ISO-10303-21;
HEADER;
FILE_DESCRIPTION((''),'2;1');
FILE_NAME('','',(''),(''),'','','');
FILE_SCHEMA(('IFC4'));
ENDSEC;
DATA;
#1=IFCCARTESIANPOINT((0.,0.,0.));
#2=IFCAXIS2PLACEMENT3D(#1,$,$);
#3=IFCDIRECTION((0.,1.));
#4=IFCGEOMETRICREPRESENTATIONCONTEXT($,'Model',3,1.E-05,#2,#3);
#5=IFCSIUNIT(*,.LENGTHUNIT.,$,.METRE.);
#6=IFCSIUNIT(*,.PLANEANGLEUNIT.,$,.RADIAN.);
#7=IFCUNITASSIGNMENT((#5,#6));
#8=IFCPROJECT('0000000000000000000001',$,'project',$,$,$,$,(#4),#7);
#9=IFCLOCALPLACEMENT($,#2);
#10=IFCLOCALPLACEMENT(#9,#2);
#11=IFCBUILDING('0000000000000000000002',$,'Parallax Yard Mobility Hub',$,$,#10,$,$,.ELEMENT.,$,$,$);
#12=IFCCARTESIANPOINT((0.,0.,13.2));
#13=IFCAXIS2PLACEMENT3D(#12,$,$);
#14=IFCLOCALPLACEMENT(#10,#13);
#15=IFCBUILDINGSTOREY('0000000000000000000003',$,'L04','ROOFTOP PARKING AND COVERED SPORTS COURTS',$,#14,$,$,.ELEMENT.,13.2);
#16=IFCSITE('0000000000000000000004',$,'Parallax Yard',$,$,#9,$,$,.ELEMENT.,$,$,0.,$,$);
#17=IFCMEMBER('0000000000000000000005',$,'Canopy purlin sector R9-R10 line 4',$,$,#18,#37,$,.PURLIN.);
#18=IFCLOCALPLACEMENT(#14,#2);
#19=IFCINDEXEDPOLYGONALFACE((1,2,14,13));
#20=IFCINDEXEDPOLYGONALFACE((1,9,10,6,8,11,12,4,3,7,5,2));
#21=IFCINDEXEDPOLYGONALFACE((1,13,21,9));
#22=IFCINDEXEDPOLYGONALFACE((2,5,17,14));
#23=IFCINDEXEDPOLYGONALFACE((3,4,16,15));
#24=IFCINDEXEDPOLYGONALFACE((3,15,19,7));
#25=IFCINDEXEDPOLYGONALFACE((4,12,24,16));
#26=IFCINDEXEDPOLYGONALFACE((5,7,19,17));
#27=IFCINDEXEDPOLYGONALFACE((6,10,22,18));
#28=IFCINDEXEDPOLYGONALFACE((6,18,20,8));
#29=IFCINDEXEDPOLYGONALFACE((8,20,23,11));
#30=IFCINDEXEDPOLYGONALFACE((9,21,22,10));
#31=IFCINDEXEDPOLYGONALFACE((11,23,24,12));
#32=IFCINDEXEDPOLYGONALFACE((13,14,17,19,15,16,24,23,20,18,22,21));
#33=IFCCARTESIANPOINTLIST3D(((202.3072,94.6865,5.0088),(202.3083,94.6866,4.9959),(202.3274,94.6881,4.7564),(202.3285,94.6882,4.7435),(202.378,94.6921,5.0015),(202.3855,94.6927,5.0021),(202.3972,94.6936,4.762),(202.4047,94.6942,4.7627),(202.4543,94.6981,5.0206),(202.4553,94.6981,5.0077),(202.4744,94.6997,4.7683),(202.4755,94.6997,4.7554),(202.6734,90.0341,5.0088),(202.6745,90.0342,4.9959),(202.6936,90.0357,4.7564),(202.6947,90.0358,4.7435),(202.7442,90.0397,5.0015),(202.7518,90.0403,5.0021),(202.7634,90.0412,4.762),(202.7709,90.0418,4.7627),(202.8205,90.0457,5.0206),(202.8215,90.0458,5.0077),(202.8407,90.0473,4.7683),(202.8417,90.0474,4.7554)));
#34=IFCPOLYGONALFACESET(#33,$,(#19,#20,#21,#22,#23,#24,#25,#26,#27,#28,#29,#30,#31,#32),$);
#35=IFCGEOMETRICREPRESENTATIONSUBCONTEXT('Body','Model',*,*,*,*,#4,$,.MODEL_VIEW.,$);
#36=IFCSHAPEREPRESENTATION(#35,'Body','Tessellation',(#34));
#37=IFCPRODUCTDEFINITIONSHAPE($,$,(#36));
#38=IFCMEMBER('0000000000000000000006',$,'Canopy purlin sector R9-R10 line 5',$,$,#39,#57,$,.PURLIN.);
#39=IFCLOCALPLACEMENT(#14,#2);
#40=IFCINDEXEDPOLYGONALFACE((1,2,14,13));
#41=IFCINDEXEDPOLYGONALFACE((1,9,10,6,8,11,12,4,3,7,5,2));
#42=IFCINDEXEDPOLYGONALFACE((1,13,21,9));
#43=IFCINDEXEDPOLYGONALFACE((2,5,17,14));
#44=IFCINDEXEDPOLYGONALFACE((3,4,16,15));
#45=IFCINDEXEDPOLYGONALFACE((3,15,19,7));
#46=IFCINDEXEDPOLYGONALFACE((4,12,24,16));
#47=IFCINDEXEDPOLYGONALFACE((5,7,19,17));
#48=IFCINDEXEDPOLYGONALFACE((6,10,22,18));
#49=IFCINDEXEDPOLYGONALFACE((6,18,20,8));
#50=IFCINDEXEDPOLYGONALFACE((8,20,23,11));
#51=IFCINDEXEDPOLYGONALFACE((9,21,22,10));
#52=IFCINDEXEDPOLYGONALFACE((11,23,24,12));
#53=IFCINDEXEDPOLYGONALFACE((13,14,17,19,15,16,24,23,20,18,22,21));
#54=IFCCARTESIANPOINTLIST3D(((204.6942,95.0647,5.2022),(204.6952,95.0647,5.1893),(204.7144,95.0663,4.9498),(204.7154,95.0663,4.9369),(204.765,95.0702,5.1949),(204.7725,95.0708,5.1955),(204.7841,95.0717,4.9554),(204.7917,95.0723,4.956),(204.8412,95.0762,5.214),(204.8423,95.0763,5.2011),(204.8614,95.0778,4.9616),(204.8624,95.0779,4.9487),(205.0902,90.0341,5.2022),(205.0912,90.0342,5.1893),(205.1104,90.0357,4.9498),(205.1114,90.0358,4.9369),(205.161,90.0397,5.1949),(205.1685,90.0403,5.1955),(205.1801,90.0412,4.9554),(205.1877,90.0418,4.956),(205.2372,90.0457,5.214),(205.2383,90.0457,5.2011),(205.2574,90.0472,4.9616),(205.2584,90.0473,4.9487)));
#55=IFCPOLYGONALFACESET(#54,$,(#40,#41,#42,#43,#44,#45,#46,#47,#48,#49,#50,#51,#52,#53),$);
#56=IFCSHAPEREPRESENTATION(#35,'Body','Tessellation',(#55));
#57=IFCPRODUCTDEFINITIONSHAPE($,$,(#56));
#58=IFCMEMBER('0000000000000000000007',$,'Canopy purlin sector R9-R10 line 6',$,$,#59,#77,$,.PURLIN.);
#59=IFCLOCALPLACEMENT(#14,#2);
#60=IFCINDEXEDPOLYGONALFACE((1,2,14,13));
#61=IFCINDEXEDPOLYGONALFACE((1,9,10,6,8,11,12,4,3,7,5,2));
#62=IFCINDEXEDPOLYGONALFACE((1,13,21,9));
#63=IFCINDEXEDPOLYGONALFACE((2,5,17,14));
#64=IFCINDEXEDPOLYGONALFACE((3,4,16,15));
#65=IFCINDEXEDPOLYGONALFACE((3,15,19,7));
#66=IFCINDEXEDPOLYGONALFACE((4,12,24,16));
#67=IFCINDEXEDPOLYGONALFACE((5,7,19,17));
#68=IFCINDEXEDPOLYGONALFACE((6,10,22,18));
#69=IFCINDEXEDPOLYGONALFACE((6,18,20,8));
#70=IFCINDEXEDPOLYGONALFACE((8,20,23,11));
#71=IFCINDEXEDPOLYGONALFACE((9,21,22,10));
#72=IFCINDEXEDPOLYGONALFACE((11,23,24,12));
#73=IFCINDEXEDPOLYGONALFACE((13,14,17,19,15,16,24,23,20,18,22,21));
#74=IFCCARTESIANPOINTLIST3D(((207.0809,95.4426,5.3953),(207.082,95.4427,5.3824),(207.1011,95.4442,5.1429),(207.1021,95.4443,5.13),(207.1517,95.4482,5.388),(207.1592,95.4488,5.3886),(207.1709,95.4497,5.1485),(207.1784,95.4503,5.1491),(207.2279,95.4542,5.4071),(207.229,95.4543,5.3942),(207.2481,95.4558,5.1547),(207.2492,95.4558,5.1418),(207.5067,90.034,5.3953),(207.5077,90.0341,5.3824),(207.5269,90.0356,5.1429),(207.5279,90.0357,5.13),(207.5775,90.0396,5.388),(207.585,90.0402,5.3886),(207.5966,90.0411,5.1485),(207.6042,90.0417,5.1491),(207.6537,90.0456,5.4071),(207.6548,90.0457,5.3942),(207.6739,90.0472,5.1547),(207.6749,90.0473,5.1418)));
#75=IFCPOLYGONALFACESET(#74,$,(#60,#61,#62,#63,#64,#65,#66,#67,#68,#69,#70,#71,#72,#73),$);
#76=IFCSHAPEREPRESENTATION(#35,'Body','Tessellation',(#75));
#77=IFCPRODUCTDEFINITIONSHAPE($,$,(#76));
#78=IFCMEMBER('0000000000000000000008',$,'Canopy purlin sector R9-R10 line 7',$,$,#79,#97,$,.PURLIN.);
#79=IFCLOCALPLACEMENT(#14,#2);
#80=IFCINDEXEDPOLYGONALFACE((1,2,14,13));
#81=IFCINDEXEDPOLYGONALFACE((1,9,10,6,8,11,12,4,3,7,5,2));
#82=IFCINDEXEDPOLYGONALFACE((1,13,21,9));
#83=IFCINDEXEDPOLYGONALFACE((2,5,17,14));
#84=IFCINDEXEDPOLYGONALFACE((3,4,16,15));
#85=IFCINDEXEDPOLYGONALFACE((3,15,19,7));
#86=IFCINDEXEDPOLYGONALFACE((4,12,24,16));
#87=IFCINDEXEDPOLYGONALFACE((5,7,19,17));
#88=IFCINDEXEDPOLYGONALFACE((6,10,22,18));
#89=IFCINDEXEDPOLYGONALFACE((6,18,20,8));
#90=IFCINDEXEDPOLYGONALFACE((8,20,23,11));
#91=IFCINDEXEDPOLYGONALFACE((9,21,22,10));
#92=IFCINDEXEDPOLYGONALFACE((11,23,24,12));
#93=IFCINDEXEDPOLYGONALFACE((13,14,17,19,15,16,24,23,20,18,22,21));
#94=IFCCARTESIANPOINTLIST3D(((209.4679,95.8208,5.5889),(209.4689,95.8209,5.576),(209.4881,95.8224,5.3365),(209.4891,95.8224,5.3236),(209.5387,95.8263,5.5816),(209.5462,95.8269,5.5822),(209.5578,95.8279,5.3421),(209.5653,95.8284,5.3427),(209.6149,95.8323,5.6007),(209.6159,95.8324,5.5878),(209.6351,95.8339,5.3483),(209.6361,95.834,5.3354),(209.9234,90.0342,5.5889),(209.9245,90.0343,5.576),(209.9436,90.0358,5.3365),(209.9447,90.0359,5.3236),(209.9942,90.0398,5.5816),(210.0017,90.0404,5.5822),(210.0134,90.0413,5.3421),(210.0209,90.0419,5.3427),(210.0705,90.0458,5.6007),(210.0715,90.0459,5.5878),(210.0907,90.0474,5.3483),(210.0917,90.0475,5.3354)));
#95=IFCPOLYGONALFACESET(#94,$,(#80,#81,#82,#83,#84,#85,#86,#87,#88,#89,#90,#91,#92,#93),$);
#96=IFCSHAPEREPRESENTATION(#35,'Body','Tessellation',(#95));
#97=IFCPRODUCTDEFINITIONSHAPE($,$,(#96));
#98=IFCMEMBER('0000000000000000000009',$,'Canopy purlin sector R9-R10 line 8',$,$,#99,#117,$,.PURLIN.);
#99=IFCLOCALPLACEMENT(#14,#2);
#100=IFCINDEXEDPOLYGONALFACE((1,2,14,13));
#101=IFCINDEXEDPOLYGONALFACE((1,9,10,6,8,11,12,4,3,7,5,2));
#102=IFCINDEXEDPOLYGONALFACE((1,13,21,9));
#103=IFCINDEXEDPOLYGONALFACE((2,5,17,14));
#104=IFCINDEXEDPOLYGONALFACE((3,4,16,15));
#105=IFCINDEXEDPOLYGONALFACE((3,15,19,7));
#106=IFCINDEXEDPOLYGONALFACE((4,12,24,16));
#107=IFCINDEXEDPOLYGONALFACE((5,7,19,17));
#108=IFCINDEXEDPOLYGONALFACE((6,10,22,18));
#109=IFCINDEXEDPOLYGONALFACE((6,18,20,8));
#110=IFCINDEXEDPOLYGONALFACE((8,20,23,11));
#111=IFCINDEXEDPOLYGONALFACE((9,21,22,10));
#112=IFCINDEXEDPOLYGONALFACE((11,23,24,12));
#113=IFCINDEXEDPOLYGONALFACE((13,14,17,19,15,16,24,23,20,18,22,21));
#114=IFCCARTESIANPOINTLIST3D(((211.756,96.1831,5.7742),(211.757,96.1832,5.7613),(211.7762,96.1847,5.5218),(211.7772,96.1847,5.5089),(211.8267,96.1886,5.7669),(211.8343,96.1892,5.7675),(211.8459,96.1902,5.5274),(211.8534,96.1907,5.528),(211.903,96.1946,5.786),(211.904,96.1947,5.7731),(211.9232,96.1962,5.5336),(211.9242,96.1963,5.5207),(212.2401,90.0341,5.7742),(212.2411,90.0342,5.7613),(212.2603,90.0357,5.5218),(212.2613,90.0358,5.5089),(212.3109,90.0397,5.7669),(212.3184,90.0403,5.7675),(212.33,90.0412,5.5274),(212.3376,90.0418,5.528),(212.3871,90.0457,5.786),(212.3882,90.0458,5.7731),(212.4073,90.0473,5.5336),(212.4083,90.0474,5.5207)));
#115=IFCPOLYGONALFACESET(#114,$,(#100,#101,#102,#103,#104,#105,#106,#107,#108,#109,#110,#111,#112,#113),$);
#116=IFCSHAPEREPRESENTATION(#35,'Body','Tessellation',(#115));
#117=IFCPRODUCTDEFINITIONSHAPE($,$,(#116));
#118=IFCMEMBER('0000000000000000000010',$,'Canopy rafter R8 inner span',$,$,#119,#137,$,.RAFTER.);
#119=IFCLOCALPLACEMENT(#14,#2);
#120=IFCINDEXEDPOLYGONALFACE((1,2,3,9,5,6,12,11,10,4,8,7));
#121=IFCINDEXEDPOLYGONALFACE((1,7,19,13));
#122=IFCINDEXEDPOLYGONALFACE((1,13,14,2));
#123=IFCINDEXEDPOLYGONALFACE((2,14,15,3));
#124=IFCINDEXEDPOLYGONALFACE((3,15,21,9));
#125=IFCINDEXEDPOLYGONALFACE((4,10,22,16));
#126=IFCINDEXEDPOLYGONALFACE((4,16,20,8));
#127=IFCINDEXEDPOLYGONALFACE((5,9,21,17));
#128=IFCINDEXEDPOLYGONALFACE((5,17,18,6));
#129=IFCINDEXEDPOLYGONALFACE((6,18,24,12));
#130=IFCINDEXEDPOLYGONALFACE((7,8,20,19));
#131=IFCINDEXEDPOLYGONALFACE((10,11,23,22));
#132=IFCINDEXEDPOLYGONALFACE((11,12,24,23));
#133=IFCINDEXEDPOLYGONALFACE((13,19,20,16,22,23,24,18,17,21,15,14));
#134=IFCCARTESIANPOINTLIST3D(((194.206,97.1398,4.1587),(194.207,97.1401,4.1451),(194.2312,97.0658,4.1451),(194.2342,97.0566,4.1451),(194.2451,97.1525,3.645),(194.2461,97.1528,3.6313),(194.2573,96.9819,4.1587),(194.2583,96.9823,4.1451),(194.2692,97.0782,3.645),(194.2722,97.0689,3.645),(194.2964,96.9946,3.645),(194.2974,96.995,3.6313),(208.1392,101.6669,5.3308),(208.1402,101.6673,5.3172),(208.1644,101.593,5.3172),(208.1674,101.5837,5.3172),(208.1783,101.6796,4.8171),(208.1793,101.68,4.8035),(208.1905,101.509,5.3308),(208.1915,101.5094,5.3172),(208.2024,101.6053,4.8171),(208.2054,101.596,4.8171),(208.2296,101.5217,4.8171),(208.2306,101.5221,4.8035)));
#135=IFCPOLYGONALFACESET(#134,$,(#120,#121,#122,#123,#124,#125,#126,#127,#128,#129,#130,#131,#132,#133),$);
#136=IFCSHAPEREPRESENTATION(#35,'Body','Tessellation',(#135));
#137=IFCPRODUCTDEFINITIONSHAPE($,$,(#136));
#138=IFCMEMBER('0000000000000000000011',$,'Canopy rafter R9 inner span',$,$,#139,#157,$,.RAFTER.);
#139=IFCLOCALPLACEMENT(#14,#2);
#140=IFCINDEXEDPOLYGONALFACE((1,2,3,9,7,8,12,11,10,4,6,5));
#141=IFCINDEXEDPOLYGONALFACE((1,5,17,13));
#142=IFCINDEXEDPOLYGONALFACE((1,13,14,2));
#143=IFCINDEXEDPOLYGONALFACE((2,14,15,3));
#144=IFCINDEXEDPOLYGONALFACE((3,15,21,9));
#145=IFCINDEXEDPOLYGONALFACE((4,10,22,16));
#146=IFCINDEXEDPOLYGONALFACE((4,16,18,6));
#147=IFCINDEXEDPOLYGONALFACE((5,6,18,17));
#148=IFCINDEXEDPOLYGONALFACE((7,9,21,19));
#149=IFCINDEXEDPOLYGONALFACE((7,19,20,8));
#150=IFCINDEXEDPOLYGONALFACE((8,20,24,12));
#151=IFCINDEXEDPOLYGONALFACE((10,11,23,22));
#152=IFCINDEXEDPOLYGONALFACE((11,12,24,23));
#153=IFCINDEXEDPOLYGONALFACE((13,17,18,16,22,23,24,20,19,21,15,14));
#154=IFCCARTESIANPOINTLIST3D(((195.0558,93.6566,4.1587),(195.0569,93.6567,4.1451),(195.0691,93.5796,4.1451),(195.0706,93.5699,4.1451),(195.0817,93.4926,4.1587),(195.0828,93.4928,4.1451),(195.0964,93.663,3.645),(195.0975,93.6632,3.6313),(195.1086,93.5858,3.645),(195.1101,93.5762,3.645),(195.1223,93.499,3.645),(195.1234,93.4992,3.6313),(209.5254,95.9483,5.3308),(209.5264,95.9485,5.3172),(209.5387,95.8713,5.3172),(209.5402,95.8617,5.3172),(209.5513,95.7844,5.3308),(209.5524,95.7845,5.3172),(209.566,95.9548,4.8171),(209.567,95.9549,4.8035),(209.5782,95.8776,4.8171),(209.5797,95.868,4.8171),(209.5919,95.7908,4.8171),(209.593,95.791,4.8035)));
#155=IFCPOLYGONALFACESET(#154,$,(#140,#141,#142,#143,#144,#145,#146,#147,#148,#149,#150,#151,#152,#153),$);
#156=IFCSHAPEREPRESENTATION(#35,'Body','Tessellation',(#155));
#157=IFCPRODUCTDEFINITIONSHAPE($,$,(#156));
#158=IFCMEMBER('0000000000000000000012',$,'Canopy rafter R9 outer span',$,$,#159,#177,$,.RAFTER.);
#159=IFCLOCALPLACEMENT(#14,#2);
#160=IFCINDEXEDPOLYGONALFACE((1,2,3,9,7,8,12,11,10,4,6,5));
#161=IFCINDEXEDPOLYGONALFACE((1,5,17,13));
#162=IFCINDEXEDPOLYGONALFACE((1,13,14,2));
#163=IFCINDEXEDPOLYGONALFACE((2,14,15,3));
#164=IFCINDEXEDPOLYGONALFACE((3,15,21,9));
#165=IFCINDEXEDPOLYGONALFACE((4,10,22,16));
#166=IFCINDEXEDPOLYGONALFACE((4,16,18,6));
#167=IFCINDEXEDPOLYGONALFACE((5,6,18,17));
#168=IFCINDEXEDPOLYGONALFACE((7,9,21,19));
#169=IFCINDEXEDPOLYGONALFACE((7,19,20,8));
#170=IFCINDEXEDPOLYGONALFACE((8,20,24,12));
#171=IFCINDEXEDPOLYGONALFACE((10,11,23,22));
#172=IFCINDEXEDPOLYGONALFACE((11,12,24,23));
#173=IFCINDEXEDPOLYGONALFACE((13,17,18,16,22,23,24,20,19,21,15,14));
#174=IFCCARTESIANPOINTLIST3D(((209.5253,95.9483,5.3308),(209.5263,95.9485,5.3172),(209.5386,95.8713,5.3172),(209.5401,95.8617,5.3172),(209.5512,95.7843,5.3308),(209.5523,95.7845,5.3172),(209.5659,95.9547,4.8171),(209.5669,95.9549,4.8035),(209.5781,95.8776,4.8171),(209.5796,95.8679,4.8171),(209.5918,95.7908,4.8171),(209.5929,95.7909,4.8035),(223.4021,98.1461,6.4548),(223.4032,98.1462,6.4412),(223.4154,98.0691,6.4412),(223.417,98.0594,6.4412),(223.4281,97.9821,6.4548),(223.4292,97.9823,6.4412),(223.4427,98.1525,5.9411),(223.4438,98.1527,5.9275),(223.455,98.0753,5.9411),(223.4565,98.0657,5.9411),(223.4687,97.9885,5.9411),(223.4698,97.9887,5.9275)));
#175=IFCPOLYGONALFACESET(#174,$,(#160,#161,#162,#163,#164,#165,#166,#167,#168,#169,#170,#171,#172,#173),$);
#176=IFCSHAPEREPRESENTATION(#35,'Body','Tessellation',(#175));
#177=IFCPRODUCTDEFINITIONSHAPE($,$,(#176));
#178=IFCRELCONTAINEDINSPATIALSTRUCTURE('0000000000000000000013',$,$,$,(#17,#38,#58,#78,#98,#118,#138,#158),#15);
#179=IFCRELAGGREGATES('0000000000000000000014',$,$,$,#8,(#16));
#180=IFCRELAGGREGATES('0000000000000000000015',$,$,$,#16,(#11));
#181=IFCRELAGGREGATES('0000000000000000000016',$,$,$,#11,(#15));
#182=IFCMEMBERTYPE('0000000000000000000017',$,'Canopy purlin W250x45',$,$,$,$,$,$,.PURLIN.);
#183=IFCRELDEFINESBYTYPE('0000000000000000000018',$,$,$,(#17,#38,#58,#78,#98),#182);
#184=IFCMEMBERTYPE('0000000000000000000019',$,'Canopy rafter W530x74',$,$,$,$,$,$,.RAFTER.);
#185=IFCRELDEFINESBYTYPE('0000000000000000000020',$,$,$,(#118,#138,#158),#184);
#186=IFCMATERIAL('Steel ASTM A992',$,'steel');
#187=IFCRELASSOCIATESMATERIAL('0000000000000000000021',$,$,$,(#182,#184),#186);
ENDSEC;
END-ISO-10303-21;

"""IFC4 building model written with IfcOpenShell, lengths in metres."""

from ifc_helpers import new_model, si_unit, direction, frame, origin, origin_2d, place, context, subcontext, project, spatial, i_section, extrude, material, material_profile, profile_set, type_object, element, save


model = new_model("IFC4")

# Units and contexts
model_context = context("Model", 3, precision=1e-05, world=origin(), true_north=direction((0.0, 1.0)))
body_context = subcontext(model_context, "Body", "Model", "MODEL_VIEW")
ifc_project = project(units=[si_unit("LENGTHUNIT", "METRE"), si_unit("PLANEANGLEUNIT", "RADIAN")], contexts=[model_context])

# Site, building, storey
site_placement = place(None, origin())
site = spatial("IfcSite", under=ifc_project, at=site_placement, Name="Parallax Yard", CompositionType="ELEMENT", RefElevation=0.0)
building_placement = place(site_placement, origin())
building = spatial("IfcBuilding", under=site, at=building_placement, Name="Parallax Yard Mobility Hub", CompositionType="ELEMENT")
storey_placement = place(building_placement, frame((0.0, 0.0, 13.2)))
storey = spatial("IfcBuildingStorey", under=building, at=storey_placement, Name="L04", Description="ROOFTOP PARKING AND COVERED SPORTS COURTS", CompositionType="ELEMENT", Elevation=13.2)

# Members
ifc_material_1 = material(Name="Steel ASTM A992", Category="steel")
ifc_material_profile_1 = material_profile(ifc_material_1, i_section(OverallWidth=0.1479, OverallDepth=0.2661, WebThickness=0.0076, FlangeThickness=0.0129, at=origin_2d()), Name="W250x45")
ifc_profile_set_1 = profile_set([ifc_material_profile_1], Name="Steel ASTM A992")
member_type_1 = type_object("IfcMemberType", Name="Canopy purlin W250x45", PredefinedType="PURLIN", material=ifc_profile_set_1)
member_1_placement = place(storey_placement, frame((202.3914, 94.6931, 4.8821), z_axis=(0.078473, -0.996916, 0.0), x_axis=(0.993722, 0.078221, 0.07999)))
element("IfcMember", 1, at=member_1_placement, inside=storey, type_object=member_type_1, Name="Canopy purlin sector R9-R10 line 4", PredefinedType="PURLIN", context=body_context, shape_type="SweptSolid", body=[
    extrude(i_section(OverallWidth=0.1479, OverallDepth=0.2661, WebThickness=0.0076, FlangeThickness=0.0129, at=origin_2d()), origin(), (0.0, 0.0, 1.0), 4.6667),
])
member_2_placement = place(storey_placement, frame((204.7783, 95.0713, 5.0754), z_axis=(0.078476, -0.996916, 0.0), x_axis=(0.993722, 0.078225, 0.07999)))
element("IfcMember", 2, at=member_2_placement, inside=storey, type_object=member_type_1, Name="Canopy purlin sector R9-R10 line 5", PredefinedType="PURLIN", context=body_context, shape_type="SweptSolid", body=[
    extrude(i_section(OverallWidth=0.1479, OverallDepth=0.2661, WebThickness=0.0076, FlangeThickness=0.0129, at=origin_2d()), origin(), (0.0, 0.0, 1.0), 5.0461),
])
member_3_placement = place(storey_placement, frame((207.165, 95.4492, 5.2686), z_axis=(0.078482, -0.996915, 0.0), x_axis=(0.993721, 0.078231, 0.07999)))
element("IfcMember", 3, at=member_3_placement, inside=storey, type_object=member_type_1, Name="Canopy purlin sector R9-R10 line 6", PredefinedType="PURLIN", context=body_context, shape_type="SweptSolid", body=[
    extrude(i_section(OverallWidth=0.1479, OverallDepth=0.2661, WebThickness=0.0076, FlangeThickness=0.0129, at=origin_2d()), origin(), (0.0, 0.0, 1.0), 5.4253),
])
member_4_placement = place(storey_placement, frame((209.552, 95.8274, 5.4622), z_axis=(0.078485, -0.996915, 0.0), x_axis=(0.993721, 0.078233, 0.07999)))
element("IfcMember", 4, at=member_4_placement, inside=storey, type_object=member_type_1, Name="Canopy purlin sector R9-R10 line 7", PredefinedType="PURLIN", context=body_context, shape_type="SweptSolid", body=[
    extrude(i_section(OverallWidth=0.1479, OverallDepth=0.2661, WebThickness=0.0076, FlangeThickness=0.0129, at=origin_2d()), origin(), (0.0, 0.0, 1.0), 5.8044),
])
member_5_placement = place(storey_placement, frame((211.8401, 96.1897, 5.6475), z_axis=(0.078491, -0.996915, 0.0), x_axis=(0.99372, 0.07824, 0.07999)))
element("IfcMember", 5, at=member_5_placement, inside=storey, type_object=member_type_1, Name="Canopy purlin sector R9-R10 line 8", PredefinedType="PURLIN", context=body_context, shape_type="SweptSolid", body=[
    extrude(i_section(OverallWidth=0.1479, OverallDepth=0.2661, WebThickness=0.0076, FlangeThickness=0.0129, at=origin_2d()), origin(), (0.0, 0.0, 1.0), 6.168),
])
ifc_material_profile_2 = material_profile(ifc_material_1, i_section(OverallWidth=0.166, OverallDepth=0.5291, WebThickness=0.0098, FlangeThickness=0.0137, at=origin_2d()), Name="W530x74")
ifc_profile_set_2 = profile_set([ifc_material_profile_2], Name="Steel ASTM A992")
member_type_2 = type_object("IfcMemberType", Name="Canopy rafter W530x74", PredefinedType="RAFTER", material=ifc_profile_set_2)
member_6_placement = place(storey_placement, frame((194.2517, 97.0674, 3.895), z_axis=(0.948028, 0.30803, 0.079753), x_axis=(-0.309014, 0.951057, 0.0)))
element("IfcMember", 6, at=member_6_placement, inside=storey, type_object=member_type_2, Name="Canopy rafter R8 inner span", PredefinedType="RAFTER", context=body_context, shape_type="SweptSolid", body=[
    extrude(i_section(OverallWidth=0.166, OverallDepth=0.5291, WebThickness=0.0098, FlangeThickness=0.0137, at=origin_2d()), origin(), (0.0, 0.0, 1.0), 14.697),
])
member_7_placement = place(storey_placement, frame((195.0896, 93.5779, 3.895), z_axis=(0.984542, 0.155937, 0.079754), x_axis=(-0.156435, 0.987688, 0.0)))
element("IfcMember", 7, at=member_7_placement, inside=storey, type_object=member_type_2, Name="Canopy rafter R9 inner span", PredefinedType="RAFTER", context=body_context, shape_type="SweptSolid", body=[
    extrude(i_section(OverallWidth=0.166, OverallDepth=0.5291, WebThickness=0.0098, FlangeThickness=0.0137, at=origin_2d()), origin(), (0.0, 0.0, 1.0), 14.6968),
])
member_8_placement = place(storey_placement, frame((209.5591, 95.8696, 5.0671), z_axis=(0.984544, 0.155927, 0.079747), x_axis=(-0.156425, 0.98769, 0.0)))
element("IfcMember", 8, at=member_8_placement, inside=storey, type_object=member_type_2, Name="Canopy rafter R9 outer span", PredefinedType="RAFTER", context=body_context, shape_type="SweptSolid", body=[
    extrude(i_section(OverallWidth=0.166, OverallDepth=0.5291, WebThickness=0.0098, FlangeThickness=0.0137, at=origin_2d()), origin(), (0.0, 0.0, 1.0), 14.0947),
])

save(model, "model.ifc")
